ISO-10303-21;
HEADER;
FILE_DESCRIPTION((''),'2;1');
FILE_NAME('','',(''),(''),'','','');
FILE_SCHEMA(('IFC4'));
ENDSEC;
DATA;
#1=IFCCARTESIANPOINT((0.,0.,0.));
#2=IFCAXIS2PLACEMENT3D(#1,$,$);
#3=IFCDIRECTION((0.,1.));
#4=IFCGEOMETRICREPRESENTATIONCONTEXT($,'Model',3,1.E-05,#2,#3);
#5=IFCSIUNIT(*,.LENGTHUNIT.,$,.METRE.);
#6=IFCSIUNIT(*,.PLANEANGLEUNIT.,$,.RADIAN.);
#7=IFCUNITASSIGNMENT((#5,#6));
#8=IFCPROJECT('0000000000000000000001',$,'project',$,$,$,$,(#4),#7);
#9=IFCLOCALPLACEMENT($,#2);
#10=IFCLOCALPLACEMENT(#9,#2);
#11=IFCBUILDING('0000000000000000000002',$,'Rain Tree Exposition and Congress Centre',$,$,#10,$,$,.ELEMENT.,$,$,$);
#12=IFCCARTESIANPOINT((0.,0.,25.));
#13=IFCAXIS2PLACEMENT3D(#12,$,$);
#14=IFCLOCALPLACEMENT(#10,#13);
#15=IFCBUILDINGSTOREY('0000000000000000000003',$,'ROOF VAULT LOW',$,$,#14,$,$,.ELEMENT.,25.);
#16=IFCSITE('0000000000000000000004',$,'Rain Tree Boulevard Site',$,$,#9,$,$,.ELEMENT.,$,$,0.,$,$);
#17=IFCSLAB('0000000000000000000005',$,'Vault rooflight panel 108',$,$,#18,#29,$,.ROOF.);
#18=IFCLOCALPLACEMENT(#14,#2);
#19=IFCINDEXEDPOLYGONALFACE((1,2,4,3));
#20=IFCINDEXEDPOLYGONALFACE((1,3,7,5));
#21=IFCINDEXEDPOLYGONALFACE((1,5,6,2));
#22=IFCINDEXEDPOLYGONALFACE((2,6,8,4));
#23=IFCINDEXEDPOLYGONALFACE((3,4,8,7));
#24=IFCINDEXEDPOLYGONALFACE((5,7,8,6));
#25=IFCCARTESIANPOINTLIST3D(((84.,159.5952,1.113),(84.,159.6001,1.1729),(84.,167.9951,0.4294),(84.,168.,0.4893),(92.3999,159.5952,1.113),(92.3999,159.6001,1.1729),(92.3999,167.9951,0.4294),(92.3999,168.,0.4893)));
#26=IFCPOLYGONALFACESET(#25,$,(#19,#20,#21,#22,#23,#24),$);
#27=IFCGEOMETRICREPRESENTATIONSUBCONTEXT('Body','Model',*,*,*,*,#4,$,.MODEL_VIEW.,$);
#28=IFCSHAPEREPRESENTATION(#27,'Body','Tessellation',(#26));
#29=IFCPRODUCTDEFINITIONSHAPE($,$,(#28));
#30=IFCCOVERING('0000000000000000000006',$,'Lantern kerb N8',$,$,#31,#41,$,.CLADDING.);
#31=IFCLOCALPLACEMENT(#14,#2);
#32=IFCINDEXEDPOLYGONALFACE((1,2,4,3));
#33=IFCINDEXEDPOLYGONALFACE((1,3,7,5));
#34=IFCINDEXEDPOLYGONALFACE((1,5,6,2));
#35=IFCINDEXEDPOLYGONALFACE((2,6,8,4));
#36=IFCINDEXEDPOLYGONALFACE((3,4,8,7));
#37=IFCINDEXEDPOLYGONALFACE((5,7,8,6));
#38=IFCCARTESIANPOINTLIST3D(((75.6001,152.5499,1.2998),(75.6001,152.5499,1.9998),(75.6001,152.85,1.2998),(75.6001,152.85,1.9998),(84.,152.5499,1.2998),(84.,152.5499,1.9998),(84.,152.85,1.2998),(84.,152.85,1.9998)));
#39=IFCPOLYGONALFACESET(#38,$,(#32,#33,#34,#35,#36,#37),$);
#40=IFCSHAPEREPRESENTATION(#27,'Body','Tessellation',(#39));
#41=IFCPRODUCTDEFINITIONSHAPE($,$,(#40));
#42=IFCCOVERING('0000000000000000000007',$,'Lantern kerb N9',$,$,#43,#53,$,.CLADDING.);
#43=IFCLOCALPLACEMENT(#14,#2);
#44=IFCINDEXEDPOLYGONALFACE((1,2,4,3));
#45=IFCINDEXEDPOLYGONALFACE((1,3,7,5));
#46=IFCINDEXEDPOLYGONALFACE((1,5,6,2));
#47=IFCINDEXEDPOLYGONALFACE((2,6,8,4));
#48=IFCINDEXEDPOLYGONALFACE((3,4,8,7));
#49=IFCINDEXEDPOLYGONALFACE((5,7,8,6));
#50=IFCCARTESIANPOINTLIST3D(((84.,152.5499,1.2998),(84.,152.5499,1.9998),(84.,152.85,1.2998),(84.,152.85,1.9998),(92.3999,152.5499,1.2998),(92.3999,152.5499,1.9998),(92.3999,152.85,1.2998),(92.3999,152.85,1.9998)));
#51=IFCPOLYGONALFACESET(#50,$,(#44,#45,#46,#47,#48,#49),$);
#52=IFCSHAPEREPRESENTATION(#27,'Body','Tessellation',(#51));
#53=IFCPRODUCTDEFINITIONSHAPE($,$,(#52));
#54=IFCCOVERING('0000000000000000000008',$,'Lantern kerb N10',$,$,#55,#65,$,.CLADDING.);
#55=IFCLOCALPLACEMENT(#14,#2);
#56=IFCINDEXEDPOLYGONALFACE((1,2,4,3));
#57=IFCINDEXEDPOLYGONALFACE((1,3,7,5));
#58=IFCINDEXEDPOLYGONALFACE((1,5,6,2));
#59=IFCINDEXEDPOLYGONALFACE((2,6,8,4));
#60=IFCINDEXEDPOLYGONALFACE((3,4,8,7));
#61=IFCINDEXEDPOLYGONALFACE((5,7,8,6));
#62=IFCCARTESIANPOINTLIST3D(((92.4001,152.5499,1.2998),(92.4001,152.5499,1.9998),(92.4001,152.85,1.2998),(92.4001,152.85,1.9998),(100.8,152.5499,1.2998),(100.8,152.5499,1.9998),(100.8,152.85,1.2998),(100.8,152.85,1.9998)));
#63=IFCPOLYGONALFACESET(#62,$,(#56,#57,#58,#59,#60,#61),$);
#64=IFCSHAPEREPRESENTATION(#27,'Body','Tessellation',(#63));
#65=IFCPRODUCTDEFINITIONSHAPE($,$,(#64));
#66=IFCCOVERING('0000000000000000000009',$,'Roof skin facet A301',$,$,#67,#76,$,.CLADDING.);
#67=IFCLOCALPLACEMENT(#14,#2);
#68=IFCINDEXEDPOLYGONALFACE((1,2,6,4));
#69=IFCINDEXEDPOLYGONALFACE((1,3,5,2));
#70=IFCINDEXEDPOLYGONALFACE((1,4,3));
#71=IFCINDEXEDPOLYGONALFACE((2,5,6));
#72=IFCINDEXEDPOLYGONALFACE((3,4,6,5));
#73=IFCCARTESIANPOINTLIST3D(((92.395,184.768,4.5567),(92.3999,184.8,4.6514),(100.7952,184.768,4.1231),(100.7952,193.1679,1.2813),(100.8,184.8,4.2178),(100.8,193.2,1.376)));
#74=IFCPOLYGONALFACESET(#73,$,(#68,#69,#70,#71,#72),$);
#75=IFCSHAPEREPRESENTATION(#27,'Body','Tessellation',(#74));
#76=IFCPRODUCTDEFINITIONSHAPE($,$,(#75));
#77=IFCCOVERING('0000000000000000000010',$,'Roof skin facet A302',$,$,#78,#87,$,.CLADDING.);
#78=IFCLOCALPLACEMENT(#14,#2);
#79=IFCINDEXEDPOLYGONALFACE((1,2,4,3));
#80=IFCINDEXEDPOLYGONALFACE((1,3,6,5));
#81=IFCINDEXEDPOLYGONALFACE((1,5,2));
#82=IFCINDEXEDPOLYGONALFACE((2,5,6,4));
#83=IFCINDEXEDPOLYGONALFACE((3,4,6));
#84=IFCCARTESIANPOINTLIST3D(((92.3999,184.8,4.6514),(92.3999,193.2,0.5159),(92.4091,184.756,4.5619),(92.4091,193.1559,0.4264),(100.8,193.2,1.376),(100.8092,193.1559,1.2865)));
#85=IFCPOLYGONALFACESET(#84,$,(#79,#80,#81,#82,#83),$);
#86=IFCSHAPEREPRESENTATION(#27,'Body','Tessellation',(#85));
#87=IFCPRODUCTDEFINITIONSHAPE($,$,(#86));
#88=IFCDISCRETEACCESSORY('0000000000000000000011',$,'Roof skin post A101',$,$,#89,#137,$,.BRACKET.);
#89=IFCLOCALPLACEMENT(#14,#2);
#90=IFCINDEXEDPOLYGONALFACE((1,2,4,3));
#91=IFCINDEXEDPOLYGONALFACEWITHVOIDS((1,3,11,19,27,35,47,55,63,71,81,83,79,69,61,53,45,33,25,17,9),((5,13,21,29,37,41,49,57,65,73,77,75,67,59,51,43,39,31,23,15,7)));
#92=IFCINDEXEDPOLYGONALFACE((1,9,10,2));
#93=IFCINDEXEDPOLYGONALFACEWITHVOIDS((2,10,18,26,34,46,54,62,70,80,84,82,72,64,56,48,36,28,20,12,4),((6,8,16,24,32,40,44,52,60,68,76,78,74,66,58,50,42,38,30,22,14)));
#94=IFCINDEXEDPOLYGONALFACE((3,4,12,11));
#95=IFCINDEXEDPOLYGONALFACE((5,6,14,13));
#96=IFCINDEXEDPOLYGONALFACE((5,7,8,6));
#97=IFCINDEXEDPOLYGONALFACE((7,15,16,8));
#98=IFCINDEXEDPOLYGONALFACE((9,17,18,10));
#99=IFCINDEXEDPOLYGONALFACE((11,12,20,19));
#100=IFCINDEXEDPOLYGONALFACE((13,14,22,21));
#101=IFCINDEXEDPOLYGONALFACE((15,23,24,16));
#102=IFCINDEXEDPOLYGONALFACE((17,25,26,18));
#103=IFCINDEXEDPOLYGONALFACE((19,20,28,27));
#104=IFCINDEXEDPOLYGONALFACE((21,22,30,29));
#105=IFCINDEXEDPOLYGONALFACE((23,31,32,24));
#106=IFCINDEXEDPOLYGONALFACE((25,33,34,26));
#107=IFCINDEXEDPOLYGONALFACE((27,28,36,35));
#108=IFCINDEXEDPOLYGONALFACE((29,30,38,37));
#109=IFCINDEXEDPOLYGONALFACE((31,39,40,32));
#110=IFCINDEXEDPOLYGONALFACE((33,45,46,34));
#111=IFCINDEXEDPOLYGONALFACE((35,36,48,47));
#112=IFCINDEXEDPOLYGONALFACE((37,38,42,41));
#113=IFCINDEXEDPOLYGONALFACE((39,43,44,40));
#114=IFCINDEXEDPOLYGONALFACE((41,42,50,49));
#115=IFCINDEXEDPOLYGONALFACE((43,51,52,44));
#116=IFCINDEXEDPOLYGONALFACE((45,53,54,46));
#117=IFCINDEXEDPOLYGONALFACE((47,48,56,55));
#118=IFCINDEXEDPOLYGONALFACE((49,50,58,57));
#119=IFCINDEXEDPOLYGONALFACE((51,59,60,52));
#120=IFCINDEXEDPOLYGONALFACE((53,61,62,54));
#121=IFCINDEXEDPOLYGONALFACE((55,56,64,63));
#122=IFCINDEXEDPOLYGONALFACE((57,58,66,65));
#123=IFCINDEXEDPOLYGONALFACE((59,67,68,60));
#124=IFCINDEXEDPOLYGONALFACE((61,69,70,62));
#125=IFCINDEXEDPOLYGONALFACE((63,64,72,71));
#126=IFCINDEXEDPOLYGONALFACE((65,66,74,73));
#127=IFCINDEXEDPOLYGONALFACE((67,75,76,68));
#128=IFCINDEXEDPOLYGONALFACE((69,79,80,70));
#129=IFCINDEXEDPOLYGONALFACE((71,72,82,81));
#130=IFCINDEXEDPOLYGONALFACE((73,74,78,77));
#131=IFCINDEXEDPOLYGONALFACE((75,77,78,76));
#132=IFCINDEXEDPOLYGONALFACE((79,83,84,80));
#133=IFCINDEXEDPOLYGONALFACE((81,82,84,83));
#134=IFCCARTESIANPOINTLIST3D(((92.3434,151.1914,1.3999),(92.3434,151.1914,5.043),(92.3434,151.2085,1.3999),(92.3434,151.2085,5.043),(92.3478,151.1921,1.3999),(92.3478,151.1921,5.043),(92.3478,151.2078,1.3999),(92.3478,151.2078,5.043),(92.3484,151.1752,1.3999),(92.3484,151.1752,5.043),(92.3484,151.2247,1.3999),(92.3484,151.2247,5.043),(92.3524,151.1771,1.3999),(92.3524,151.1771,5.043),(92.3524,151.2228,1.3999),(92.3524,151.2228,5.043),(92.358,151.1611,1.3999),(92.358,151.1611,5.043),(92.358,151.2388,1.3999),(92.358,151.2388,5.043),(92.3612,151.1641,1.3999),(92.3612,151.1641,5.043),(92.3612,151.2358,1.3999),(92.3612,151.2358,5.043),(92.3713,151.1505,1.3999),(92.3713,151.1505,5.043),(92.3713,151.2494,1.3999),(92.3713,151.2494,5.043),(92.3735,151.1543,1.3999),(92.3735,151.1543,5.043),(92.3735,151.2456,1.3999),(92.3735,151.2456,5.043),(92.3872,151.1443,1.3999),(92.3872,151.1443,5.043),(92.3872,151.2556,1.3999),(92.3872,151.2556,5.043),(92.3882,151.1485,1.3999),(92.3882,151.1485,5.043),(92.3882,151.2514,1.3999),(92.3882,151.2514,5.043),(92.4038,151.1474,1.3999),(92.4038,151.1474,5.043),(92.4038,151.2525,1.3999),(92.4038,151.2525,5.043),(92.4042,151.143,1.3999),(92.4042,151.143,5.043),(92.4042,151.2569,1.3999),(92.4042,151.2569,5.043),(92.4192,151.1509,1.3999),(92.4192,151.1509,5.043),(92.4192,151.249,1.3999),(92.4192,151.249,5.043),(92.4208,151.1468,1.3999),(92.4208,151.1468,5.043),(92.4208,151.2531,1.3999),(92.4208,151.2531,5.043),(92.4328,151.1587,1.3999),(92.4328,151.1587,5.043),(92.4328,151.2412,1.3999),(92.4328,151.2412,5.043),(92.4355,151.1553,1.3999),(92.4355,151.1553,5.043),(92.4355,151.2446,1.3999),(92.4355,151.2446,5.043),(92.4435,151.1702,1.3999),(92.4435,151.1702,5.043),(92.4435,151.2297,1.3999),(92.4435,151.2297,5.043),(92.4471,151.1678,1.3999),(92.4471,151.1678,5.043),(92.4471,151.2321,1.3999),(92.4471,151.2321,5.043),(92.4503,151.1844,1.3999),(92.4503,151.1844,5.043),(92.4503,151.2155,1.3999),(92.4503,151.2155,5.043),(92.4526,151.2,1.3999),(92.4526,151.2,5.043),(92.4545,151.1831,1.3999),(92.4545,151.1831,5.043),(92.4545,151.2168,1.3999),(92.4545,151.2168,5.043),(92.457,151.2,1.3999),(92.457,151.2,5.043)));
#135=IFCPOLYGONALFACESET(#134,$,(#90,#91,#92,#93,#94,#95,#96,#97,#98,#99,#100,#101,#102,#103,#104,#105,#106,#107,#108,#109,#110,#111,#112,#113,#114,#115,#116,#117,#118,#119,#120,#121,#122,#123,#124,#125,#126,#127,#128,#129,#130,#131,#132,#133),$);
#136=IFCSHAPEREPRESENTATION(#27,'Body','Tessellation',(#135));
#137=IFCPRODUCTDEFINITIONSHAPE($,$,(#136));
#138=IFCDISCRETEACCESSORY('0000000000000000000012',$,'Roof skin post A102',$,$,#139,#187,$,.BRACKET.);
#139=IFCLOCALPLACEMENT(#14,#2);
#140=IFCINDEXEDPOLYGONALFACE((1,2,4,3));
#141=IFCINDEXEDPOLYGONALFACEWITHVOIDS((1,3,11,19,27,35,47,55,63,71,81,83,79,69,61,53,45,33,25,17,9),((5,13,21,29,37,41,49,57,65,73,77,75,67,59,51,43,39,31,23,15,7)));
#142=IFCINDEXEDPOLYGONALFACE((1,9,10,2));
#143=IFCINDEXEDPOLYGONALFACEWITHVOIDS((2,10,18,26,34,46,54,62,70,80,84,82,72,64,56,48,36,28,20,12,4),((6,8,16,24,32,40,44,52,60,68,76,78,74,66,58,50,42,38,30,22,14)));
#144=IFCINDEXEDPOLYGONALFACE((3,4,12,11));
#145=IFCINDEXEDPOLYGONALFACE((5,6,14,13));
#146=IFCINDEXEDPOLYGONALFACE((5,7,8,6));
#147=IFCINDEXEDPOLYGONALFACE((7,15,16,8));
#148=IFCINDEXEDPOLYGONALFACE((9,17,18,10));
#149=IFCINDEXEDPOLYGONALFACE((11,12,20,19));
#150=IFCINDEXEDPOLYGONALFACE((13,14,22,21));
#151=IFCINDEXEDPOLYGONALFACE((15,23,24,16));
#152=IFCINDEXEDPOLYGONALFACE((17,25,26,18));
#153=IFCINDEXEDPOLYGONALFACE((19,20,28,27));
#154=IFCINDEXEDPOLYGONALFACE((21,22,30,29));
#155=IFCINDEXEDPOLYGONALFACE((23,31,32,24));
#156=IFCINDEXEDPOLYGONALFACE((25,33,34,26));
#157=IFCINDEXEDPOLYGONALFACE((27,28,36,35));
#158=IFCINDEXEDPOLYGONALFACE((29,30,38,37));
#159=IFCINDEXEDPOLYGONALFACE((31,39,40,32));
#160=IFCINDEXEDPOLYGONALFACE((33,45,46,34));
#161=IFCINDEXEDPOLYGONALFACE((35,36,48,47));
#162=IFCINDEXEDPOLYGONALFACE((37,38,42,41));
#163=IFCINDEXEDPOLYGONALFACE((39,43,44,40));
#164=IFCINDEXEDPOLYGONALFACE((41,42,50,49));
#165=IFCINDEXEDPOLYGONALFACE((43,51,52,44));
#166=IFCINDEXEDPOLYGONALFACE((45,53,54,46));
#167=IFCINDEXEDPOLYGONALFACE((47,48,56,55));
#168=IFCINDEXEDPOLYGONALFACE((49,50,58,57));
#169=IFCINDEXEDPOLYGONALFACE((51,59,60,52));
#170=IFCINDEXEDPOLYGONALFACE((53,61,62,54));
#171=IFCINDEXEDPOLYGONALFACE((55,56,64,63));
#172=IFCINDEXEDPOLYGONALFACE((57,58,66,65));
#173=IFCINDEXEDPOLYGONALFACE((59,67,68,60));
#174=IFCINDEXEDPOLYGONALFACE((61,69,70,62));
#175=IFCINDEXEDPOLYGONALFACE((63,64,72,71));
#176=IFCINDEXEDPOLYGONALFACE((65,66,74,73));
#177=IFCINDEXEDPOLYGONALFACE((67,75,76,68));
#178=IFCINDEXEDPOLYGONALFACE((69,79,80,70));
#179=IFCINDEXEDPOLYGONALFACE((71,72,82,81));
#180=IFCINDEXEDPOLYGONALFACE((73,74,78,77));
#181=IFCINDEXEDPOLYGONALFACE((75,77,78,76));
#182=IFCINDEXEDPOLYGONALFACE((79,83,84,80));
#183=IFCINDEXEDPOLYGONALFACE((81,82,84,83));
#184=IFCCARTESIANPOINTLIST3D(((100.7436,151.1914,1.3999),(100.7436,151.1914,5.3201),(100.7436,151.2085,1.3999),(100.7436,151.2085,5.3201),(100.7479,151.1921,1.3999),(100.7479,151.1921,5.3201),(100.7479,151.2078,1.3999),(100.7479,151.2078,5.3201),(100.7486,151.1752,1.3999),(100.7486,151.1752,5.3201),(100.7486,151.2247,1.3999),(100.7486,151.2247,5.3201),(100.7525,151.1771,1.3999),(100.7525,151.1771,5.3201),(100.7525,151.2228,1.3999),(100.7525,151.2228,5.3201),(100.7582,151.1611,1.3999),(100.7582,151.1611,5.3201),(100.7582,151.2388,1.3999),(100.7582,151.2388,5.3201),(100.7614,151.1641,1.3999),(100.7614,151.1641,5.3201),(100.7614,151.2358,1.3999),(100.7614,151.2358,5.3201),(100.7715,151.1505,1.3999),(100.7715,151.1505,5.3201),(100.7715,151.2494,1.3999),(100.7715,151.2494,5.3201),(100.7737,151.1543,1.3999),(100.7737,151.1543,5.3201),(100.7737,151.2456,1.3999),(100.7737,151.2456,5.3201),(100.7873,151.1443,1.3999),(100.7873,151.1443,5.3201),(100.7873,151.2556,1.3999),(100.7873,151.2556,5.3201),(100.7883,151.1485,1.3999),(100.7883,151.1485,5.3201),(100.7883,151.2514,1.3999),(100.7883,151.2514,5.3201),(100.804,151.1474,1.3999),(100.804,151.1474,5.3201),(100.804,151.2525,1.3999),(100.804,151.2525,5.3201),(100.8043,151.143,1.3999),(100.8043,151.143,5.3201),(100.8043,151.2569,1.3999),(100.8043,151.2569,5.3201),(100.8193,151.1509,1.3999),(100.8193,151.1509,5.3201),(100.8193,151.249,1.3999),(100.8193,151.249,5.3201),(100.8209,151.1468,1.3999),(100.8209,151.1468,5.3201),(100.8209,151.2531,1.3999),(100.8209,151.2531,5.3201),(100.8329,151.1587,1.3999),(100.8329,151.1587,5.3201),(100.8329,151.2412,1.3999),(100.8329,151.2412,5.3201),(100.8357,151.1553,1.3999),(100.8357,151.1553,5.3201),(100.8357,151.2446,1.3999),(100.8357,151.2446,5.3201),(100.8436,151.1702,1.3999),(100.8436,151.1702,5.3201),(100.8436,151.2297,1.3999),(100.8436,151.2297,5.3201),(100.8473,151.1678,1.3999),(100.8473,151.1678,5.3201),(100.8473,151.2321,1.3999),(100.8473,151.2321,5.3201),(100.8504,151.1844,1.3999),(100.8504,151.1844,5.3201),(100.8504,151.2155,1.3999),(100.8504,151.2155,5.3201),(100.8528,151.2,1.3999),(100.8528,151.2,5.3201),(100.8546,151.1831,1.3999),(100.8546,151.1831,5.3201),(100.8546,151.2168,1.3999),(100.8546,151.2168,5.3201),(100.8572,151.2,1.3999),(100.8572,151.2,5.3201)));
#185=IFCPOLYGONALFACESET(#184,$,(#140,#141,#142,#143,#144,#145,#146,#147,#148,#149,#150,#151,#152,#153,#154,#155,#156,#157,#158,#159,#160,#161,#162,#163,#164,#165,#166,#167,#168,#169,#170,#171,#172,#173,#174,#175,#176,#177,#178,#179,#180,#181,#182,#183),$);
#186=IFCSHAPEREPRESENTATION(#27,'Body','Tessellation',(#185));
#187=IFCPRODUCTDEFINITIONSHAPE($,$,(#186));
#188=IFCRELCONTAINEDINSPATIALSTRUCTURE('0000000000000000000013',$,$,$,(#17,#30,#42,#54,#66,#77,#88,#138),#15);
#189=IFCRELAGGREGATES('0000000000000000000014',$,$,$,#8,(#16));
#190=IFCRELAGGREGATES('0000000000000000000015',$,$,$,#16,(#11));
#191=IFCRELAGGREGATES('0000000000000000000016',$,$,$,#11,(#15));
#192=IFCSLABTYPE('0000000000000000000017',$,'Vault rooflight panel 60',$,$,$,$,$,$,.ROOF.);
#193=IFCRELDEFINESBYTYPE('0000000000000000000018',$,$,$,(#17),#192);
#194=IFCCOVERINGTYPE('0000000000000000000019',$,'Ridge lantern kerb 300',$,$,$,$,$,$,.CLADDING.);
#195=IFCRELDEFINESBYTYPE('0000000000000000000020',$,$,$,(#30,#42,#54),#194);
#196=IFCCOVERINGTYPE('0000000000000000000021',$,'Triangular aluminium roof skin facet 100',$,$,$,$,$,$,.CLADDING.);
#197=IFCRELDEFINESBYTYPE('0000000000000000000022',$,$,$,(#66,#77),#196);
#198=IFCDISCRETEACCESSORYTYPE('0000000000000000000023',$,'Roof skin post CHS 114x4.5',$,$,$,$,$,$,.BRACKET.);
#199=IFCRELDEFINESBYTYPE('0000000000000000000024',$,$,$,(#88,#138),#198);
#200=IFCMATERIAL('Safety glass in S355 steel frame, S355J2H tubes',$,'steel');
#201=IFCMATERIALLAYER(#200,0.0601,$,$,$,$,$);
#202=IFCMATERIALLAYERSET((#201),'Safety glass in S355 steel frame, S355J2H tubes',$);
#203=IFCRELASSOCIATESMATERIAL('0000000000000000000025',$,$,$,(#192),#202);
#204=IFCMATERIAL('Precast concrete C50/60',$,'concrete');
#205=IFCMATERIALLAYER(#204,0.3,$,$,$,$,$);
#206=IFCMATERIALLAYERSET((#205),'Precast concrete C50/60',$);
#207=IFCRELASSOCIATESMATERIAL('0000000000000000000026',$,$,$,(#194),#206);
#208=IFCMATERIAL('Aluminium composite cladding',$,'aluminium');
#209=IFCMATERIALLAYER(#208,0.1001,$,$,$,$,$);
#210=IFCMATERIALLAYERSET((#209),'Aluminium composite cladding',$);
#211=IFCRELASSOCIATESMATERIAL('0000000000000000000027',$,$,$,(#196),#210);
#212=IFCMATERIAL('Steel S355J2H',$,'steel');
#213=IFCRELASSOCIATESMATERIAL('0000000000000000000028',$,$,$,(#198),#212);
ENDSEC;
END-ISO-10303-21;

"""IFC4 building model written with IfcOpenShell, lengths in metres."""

from ifc_helpers import new_model, si_unit, direction, frame, origin, origin_2d, place, context, subcontext, project, spatial, polyline, rectangle, hollow_circle, outline, extrude, material, layer, layer_set, material_profile, profile_set, type_object, element, save


model = new_model("IFC4")

# Units and contexts
model_context = context("Model", 3, precision=1e-05, world=origin(), true_north=direction((0.0, 1.0)))
body_context = subcontext(model_context, "Body", "Model", "MODEL_VIEW")
ifc_project = project(units=[si_unit("LENGTHUNIT", "METRE"), si_unit("PLANEANGLEUNIT", "RADIAN")], contexts=[model_context])

# Site, building, storey
site_placement = place(None, origin())
site = spatial("IfcSite", under=ifc_project, at=site_placement, Name="Rain Tree Boulevard Site", CompositionType="ELEMENT", RefElevation=0.0)
building_placement = place(site_placement, origin())
building = spatial("IfcBuilding", under=site, at=building_placement, Name="Rain Tree Exposition and Congress Centre", CompositionType="ELEMENT")
storey_placement = place(building_placement, frame((0.0, 0.0, 25.0)))
storey = spatial("IfcBuildingStorey", under=building, at=storey_placement, Name="ROOF VAULT LOW", CompositionType="ELEMENT", Elevation=25.0)

# Slab
ifc_material_1 = material(Name="Safety glass in S355 steel frame, S355J2H tubes", Category="steel")
ifc_layer_1 = layer(ifc_material_1, 0.0601)
ifc_layer_set_1 = layer_set([ifc_layer_1], Name="Safety glass in S355 steel frame, S355J2H tubes")
slab_type_1 = type_object("IfcSlabType", Name="Vault rooflight panel 60", PredefinedType="ROOF", material=ifc_layer_set_1)
slab_1_placement = place(storey_placement, frame((84.0, 159.6001, 1.1729), z_axis=(0.0, 0.081113, 0.996705), x_axis=(1.0, 0.0, 0.0)))
element("IfcSlab", 1, at=slab_1_placement, inside=storey, type_object=slab_type_1, Name="Vault rooflight panel 108", PredefinedType="ROOF", context=body_context, shape_type="SweptSolid", body=[
    extrude(outline(polyline([(0.0, 0.0), (8.3999, 0.0), (8.3999, 8.4277), (0.0, 8.4277), (0.0, 0.0)])), origin(), (0.0, 0.0, -1.0), 0.0601),
])

# Coverings
ifc_material_2 = material(Name="Precast concrete C50/60", Category="concrete")
ifc_layer_2 = layer(ifc_material_2, 0.3)
ifc_layer_set_2 = layer_set([ifc_layer_2], Name="Precast concrete C50/60")
covering_type_1 = type_object("IfcCoveringType", Name="Ridge lantern kerb 300", PredefinedType="CLADDING", material=ifc_layer_set_2)
for number, where, z_axis, x_axis, name in (
    (2, (79.8, 152.7, 1.2998), (0.0, 0.0, 1.0), (1.0, 0.0, 0.0), "Lantern kerb N8"),
    (3, (88.2, 152.7, 1.2998), (0.0, 0.0, 1.0), (1.0, 0.0, 0.0), "Lantern kerb N9"),
    (4, (96.6001, 152.7, 1.2998), (0.0, 0.0, 1.0), (1.0, 0.0, 0.0), "Lantern kerb N10"),
):
    element("IfcCovering", number, at=place(storey_placement, frame(where, z_axis=z_axis, x_axis=x_axis)), inside=storey, type_object=covering_type_1, Name=name, PredefinedType="CLADDING", context=body_context, shape_type="SweptSolid", body=[
        extrude(rectangle(XDim=8.3999, YDim=0.3, at=origin_2d()), origin(), (0.0, 0.0, 1.0), 0.7),
    ])
ifc_material_3 = material(Name="Aluminium composite cladding", Category="aluminium")
ifc_layer_3 = layer(ifc_material_3, 0.1001)
ifc_layer_set_3 = layer_set([ifc_layer_3], Name="Aluminium composite cladding")
covering_type_2 = type_object("IfcCoveringType", Name="Triangular aluminium roof skin facet 100", PredefinedType="CLADDING", material=ifc_layer_set_3)
covering_1_placement = place(storey_placement, frame((92.3999, 184.8, 4.6514), z_axis=(0.048837, 0.320088, 0.946128), x_axis=(0.99867, 0.0, -0.051549)))
element("IfcCovering", 5, at=covering_1_placement, inside=storey, type_object=covering_type_2, Name="Roof skin facet A301", PredefinedType="CLADDING", context=body_context, shape_type="SweptSolid", body=[
    extrude(outline(polyline([(0.0, 0.0), (8.4113, 0.0), (8.5578, 8.8664), (0.0, 0.0)])), origin(), (0.0, 0.0, -1.0), 0.1001),
])
covering_2_placement = place(storey_placement, frame((92.3999, 184.8, 4.6514), z_axis=(-0.091477, 0.439846, 0.893402), x_axis=(0.681681, 0.681661, -0.265801)))
element("IfcCovering", 6, at=covering_2_placement, inside=storey, type_object=covering_type_2, Name="Roof skin facet A302", PredefinedType="CLADDING", context=body_context, shape_type="SweptSolid", body=[
    extrude(outline(polyline([(0.0, 0.0), (12.3227, 0.0), (6.8251, 6.4093), (0.0, 0.0)])), origin(), (0.0, 0.0, -1.0), 0.1001),
])

# Discrete accessories
ifc_material_4 = material(Name="Steel S355J2H", Category="steel")
ifc_material_profile_1 = material_profile(ifc_material_4, hollow_circle(Radius=0.0571, WallThickness=0.0044, at=origin_2d()), Name="CHS 114x4.5")
ifc_profile_set_1 = profile_set([ifc_material_profile_1], Name="Steel S355J2H")
discrete_accessory_type_1 = type_object("IfcDiscreteAccessoryType", Name="Roof skin post CHS 114x4.5", PredefinedType="BRACKET", material=ifc_profile_set_1)
discrete_accessory_1_placement = place(storey_placement, frame((92.3999, 151.2, 1.3999), z_axis=(0.0, 0.0, 1.0), x_axis=(1.0, 0.0, 0.0)))
element("IfcDiscreteAccessory", 7, at=discrete_accessory_1_placement, inside=storey, type_object=discrete_accessory_type_1, Name="Roof skin post A101", PredefinedType="BRACKET", context=body_context, shape_type="SweptSolid", body=[
    extrude(hollow_circle(Radius=0.0571, WallThickness=0.0044, at=origin_2d()), origin(), (0.0, 0.0, 1.0), 3.6431),
])
discrete_accessory_2_placement = place(storey_placement, frame((100.8, 151.2, 1.3999), z_axis=(0.0, 0.0, 1.0), x_axis=(1.0, 0.0, 0.0)))
element("IfcDiscreteAccessory", 8, at=discrete_accessory_2_placement, inside=storey, type_object=discrete_accessory_type_1, Name="Roof skin post A102", PredefinedType="BRACKET", context=body_context, shape_type="SweptSolid", body=[
    extrude(hollow_circle(Radius=0.0571, WallThickness=0.0044, at=origin_2d()), origin(), (0.0, 0.0, 1.0), 3.9202),
])

save(model, "model.ifc")
